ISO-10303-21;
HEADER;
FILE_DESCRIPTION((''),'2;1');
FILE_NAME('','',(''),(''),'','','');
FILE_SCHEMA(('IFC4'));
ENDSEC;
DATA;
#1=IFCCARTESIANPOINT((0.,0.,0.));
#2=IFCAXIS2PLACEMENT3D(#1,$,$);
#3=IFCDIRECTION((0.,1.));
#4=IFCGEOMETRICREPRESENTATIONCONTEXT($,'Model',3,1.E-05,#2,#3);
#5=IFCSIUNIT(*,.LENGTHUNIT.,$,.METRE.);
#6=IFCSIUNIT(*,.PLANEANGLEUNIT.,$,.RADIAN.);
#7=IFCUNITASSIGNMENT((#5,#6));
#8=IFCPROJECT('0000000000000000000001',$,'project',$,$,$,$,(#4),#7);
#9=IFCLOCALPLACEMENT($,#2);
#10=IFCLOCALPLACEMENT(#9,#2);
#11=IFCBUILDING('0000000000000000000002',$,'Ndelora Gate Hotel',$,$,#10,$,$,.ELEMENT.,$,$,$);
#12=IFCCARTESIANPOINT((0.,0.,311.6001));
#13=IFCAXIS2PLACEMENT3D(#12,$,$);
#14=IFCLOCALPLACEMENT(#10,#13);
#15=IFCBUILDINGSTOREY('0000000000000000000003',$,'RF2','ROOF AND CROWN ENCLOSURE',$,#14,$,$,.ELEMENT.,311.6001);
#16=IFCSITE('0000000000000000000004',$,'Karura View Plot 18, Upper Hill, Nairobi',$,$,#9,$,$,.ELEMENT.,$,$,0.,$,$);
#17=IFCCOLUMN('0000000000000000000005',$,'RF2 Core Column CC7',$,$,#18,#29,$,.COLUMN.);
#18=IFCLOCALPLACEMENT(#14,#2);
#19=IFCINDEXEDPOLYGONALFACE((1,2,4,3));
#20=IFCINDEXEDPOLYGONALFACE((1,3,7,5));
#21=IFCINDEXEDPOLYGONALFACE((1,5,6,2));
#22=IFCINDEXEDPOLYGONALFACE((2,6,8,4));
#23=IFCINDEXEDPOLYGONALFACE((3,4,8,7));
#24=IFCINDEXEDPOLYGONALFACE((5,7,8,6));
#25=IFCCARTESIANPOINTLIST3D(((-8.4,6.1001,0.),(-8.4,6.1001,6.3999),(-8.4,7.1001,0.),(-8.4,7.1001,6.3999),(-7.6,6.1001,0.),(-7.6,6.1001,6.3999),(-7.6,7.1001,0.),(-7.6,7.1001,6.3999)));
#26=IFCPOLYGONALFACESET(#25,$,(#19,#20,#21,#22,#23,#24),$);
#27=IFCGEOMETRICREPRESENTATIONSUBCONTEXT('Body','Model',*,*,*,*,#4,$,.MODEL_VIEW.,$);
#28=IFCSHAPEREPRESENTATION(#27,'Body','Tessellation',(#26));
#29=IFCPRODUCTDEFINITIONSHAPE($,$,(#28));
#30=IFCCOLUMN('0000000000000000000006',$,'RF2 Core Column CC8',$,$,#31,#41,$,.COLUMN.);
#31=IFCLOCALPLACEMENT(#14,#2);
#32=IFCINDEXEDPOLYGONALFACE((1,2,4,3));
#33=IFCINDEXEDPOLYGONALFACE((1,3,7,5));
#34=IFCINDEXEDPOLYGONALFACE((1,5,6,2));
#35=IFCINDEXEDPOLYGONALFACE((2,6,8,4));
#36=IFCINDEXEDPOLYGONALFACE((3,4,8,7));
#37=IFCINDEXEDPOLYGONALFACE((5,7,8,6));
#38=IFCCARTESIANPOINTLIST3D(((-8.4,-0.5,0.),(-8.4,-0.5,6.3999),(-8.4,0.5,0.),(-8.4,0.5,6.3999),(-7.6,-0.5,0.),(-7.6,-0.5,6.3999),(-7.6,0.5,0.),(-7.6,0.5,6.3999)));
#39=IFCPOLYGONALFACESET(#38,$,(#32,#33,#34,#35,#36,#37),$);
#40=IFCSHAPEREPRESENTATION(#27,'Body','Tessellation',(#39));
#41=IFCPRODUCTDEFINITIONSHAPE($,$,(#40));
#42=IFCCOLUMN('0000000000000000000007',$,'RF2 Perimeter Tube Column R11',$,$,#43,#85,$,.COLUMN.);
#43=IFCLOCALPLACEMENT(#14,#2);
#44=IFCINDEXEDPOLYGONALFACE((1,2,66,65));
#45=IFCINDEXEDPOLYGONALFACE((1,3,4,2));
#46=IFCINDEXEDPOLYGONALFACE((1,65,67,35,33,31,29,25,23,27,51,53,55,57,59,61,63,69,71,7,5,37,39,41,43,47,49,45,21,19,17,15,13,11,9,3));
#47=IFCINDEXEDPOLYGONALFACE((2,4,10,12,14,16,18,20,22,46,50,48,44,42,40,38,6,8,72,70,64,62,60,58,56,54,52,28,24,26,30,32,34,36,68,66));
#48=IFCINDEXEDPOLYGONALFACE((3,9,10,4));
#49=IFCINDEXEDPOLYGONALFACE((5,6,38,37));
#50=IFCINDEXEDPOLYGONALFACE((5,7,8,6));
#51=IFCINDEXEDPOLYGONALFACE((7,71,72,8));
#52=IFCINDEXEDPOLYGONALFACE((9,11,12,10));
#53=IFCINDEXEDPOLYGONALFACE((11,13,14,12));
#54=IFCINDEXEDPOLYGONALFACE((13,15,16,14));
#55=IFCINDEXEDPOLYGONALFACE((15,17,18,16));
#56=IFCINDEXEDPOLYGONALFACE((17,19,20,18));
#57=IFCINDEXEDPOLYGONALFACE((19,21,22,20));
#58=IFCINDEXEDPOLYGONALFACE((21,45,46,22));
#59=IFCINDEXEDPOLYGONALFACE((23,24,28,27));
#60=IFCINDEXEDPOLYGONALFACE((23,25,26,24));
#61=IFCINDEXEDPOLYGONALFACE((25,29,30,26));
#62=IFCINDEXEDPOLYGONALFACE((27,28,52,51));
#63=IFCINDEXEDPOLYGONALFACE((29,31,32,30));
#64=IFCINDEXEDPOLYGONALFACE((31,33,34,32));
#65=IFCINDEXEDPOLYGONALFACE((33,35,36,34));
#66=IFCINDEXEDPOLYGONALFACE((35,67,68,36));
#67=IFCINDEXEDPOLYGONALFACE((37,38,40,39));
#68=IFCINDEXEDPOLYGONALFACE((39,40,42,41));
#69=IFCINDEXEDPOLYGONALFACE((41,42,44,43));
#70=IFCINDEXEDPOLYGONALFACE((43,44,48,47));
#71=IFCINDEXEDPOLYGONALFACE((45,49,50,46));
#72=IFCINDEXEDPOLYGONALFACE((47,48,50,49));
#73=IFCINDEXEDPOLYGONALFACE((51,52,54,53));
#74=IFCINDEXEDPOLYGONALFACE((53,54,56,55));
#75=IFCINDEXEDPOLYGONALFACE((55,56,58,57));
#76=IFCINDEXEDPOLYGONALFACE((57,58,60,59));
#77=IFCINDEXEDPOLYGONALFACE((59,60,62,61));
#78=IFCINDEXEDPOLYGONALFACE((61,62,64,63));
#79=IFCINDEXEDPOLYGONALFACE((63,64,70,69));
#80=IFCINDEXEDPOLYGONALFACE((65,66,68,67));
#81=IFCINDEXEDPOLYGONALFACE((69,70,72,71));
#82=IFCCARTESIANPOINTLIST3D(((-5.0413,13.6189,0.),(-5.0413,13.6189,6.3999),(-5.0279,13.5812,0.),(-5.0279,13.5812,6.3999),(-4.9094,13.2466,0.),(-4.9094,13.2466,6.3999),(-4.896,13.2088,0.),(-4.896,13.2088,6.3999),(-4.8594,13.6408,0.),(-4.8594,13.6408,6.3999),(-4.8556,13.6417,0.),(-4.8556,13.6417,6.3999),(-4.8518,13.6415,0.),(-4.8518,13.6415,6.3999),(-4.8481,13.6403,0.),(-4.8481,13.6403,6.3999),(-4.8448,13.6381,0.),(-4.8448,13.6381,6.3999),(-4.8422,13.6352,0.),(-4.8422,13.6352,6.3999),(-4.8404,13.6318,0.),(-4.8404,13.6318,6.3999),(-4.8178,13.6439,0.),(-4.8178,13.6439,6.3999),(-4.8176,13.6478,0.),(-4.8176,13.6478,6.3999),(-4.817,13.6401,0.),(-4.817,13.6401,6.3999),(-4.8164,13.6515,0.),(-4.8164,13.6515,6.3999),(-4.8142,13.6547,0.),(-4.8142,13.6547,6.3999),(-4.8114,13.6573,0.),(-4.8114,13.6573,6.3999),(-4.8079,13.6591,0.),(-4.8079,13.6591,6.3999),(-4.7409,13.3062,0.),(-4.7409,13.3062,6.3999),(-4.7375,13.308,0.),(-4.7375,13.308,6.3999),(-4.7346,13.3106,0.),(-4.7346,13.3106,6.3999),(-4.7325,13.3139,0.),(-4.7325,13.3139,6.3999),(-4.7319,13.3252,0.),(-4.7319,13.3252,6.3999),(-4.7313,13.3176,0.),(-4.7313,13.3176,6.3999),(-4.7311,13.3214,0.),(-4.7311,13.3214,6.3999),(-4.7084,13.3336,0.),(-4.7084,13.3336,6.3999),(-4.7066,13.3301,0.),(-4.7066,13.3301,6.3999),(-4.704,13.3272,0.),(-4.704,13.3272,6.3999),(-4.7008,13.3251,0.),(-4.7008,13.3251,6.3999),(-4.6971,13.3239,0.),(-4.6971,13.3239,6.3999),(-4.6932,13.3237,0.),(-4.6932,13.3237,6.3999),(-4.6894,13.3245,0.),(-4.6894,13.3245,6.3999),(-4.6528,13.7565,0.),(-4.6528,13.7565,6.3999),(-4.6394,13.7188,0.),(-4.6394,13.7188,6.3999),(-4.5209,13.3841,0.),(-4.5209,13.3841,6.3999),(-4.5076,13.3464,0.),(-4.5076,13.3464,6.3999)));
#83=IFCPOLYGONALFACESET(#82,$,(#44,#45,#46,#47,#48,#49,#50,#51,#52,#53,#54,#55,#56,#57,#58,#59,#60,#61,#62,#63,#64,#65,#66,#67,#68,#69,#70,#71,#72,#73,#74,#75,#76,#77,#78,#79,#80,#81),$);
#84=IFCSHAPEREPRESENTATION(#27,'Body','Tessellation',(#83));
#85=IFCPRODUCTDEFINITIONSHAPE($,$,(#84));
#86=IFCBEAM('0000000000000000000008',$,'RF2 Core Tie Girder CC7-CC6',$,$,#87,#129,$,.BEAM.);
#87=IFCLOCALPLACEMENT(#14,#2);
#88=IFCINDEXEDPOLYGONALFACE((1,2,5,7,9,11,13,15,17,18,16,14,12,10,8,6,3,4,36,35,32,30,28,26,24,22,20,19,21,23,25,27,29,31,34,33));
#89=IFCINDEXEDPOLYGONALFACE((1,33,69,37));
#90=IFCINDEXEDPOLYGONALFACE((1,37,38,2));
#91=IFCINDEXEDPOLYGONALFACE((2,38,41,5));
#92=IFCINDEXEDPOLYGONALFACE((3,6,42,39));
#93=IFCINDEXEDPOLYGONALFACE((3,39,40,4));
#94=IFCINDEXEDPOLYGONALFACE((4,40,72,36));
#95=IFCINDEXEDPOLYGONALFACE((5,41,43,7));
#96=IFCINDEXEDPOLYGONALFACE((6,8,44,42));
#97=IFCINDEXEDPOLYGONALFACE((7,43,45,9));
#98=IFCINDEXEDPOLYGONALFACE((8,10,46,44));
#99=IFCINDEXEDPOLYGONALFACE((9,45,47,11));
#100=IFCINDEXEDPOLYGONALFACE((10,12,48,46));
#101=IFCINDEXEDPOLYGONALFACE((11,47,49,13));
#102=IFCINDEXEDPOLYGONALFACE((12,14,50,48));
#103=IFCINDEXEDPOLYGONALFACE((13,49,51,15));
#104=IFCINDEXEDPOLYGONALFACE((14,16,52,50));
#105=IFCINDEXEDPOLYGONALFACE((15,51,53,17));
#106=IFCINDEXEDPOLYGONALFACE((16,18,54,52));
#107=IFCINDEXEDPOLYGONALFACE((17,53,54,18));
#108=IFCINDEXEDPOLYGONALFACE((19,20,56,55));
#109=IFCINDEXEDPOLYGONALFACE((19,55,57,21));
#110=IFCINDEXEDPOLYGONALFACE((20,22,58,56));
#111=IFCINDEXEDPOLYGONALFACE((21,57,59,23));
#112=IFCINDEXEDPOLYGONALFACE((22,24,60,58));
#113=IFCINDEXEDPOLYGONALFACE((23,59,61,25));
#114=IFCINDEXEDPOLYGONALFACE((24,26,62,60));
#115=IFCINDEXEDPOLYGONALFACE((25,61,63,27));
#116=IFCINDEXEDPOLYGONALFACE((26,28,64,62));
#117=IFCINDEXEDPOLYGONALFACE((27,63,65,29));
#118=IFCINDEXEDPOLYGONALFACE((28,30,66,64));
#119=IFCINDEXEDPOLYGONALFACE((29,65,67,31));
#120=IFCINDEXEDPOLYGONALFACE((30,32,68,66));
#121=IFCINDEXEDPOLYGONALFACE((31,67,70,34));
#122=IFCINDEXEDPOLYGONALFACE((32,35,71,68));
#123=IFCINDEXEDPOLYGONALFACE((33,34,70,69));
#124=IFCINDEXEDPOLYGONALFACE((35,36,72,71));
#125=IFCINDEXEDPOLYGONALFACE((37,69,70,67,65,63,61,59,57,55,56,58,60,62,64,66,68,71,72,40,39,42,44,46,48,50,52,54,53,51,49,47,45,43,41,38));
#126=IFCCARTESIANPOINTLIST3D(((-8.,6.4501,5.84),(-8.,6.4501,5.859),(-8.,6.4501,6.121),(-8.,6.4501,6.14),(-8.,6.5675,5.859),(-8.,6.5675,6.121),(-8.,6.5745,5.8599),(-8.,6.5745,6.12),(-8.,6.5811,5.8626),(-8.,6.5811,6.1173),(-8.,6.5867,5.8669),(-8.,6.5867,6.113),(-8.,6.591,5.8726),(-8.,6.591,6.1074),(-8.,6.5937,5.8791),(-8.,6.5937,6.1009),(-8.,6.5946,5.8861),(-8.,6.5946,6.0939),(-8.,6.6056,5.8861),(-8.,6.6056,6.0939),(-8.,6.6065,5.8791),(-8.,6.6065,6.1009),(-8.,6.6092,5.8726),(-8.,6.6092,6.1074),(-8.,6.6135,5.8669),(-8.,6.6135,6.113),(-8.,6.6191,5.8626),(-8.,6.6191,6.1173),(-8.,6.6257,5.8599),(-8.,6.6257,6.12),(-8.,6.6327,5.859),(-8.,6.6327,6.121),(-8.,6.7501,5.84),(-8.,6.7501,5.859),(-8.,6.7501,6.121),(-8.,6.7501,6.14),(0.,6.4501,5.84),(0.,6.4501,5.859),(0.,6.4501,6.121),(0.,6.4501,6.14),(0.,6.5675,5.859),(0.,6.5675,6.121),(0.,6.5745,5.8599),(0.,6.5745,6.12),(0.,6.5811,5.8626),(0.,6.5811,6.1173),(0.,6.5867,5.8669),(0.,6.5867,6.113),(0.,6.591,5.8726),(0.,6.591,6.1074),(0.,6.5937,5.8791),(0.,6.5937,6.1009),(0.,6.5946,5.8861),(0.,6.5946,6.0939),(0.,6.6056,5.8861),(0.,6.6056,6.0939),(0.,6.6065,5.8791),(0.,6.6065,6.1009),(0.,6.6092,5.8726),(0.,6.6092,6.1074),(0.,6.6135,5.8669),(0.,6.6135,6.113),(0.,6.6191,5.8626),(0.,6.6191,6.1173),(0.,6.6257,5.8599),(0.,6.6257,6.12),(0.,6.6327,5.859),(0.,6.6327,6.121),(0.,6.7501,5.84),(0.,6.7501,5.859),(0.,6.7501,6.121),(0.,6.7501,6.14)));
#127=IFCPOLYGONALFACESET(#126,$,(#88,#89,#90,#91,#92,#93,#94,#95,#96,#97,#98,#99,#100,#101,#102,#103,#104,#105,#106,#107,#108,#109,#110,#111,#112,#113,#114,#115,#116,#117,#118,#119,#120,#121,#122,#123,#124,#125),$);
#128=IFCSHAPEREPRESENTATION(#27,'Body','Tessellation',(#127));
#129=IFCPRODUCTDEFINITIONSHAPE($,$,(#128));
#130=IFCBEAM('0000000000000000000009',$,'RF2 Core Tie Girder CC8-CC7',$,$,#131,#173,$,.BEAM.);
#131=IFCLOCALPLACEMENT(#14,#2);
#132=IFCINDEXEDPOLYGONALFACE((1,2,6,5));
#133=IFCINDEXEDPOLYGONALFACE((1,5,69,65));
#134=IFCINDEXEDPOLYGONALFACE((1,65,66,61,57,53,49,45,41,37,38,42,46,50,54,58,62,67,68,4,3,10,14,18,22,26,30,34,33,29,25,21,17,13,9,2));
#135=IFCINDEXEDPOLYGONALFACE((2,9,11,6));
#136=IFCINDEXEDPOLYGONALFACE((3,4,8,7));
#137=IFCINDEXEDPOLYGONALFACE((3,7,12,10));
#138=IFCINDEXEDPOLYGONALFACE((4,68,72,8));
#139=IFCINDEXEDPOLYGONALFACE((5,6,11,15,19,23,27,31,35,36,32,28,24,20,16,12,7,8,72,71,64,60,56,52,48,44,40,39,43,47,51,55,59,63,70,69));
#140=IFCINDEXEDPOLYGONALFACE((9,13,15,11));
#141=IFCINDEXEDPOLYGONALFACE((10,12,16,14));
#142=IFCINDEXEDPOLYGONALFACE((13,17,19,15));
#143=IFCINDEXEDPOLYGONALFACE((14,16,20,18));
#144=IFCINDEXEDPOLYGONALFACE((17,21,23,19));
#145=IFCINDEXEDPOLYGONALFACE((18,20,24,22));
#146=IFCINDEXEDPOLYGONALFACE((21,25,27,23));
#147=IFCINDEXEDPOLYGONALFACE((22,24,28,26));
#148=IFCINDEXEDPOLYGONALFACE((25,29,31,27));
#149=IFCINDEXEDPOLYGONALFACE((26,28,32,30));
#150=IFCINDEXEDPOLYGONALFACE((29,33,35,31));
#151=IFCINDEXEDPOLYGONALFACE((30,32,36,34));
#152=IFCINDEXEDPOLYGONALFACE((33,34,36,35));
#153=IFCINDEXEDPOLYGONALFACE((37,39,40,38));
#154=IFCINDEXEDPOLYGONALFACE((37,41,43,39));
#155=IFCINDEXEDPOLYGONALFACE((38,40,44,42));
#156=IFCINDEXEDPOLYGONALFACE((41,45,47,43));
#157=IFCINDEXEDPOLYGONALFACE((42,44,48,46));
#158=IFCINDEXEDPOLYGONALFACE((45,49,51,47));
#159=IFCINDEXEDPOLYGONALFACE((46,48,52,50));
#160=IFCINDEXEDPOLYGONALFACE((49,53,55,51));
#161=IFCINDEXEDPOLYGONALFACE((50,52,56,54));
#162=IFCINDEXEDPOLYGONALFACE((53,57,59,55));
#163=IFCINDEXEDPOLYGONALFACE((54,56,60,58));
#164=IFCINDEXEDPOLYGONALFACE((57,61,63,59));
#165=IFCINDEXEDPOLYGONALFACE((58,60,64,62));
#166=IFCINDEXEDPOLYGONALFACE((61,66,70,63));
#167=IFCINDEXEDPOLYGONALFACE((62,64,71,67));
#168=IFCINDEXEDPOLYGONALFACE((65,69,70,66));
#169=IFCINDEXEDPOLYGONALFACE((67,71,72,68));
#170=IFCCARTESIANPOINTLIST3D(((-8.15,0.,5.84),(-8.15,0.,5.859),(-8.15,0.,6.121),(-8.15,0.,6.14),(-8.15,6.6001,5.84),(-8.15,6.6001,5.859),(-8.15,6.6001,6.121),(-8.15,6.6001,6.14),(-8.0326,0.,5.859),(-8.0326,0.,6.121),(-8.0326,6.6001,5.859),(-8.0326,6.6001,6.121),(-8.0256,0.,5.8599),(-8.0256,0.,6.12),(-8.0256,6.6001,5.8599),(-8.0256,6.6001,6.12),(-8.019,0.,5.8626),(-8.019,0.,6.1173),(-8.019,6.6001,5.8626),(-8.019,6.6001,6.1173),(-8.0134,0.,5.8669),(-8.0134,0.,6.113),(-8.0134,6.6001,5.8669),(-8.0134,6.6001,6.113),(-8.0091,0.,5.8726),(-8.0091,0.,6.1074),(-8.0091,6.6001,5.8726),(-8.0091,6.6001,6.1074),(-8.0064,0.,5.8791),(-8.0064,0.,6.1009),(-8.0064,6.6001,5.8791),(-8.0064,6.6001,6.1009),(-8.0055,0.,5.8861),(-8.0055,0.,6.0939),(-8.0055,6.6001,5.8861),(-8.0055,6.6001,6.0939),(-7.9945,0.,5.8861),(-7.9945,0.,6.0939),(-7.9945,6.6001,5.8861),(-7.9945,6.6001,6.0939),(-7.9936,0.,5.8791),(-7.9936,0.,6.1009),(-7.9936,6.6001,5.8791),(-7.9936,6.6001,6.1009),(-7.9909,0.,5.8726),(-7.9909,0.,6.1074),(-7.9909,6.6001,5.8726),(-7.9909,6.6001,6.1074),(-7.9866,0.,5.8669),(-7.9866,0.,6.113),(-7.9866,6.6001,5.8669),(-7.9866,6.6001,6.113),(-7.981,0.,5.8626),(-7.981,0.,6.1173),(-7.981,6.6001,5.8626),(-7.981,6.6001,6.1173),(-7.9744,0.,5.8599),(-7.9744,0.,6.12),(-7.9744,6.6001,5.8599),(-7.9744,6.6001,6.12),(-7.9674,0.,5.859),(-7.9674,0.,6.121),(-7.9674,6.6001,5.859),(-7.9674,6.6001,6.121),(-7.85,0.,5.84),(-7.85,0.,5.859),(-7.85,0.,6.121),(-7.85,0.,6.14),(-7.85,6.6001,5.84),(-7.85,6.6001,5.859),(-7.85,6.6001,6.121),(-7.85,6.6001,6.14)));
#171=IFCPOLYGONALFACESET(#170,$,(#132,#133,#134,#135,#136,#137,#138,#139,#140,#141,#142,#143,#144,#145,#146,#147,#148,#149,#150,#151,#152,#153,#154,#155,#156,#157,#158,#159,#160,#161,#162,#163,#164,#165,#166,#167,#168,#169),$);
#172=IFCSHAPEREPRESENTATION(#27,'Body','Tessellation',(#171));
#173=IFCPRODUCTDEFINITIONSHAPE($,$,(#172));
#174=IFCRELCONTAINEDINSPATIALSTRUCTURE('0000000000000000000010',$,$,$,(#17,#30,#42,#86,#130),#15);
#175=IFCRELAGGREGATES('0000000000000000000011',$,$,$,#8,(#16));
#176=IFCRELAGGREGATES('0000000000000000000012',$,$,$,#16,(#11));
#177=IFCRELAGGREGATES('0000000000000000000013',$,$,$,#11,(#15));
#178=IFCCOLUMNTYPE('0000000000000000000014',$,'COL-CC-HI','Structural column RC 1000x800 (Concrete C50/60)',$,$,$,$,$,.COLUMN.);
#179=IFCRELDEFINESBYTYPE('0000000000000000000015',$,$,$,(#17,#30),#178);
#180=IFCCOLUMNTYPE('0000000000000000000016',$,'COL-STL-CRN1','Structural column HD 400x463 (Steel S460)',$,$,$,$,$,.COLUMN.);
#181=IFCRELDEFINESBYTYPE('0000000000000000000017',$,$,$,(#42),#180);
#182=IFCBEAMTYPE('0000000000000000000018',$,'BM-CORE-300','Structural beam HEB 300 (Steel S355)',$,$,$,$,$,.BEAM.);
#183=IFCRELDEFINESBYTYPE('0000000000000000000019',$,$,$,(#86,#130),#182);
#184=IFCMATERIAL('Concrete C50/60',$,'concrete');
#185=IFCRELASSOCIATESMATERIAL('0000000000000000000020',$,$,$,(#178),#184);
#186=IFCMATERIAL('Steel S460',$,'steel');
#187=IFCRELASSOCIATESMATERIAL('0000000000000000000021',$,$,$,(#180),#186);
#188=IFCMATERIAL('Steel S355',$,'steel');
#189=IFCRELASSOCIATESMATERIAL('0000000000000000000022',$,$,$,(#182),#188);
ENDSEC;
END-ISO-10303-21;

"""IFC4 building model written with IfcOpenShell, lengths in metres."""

from ifc_helpers import new_model, si_unit, direction, frame, origin, origin_2d, place, context, subcontext, project, spatial, rectangle, i_section, extrude, material, material_profile, profile_set, type_object, element, save


model = new_model("IFC4")

# Units and contexts
model_context = context("Model", 3, precision=1e-05, world=origin(), true_north=direction((0.0, 1.0)))
body_context = subcontext(model_context, "Body", "Model", "MODEL_VIEW")
ifc_project = project(units=[si_unit("LENGTHUNIT", "METRE"), si_unit("PLANEANGLEUNIT", "RADIAN")], contexts=[model_context])

# Site, building, storey
site_placement = place(None, origin())
site = spatial("IfcSite", under=ifc_project, at=site_placement, Name="Karura View Plot 18, Upper Hill, Nairobi", CompositionType="ELEMENT", RefElevation=0.0)
building_placement = place(site_placement, origin())
building = spatial("IfcBuilding", under=site, at=building_placement, Name="Ndelora Gate Hotel", CompositionType="ELEMENT")
storey_placement = place(building_placement, frame((0.0, 0.0, 311.6001)))
storey = spatial("IfcBuildingStorey", under=building, at=storey_placement, Name="RF2", Description="ROOF AND CROWN ENCLOSURE", CompositionType="ELEMENT", Elevation=311.6001)

# Columns
ifc_material_1 = material(Name="Concrete C50/60", Category="concrete")
ifc_material_profile_1 = material_profile(ifc_material_1, rectangle(XDim=0.8, YDim=1.0, at=origin_2d()), Name="RC 1000x800")
ifc_profile_set_1 = profile_set([ifc_material_profile_1], Name="Concrete C50/60")
column_type_1 = type_object("IfcColumnType", Name="COL-CC-HI", Description="Structural column RC 1000x800 (Concrete C50/60)", PredefinedType="COLUMN", material=ifc_profile_set_1)
for number, where, z_axis, x_axis, name in (
    (1, (-8.0, 6.6001, 0.0), (0.0, 0.0, 1.0), (1.0, 0.0, 0.0), "RF2 Core Column CC7"),
    (2, (-8.0, 0.0, 0.0), (0.0, 0.0, 1.0), (1.0, 0.0, 0.0), "RF2 Core Column CC8"),
):
    element("IfcColumn", number, at=place(storey_placement, frame(where, z_axis=z_axis, x_axis=x_axis)), inside=storey, type_object=column_type_1, Name=name, PredefinedType="COLUMN", context=body_context, shape_type="SweptSolid", body=[
        extrude(rectangle(XDim=0.8, YDim=1.0, at=origin_2d()), origin(), (0.0, 0.0, 1.0), 6.3999),
    ])
ifc_material_2 = material(Name="Steel S460", Category="steel")
ifc_material_profile_2 = material_profile(ifc_material_2, i_section(OverallWidth=0.4121, OverallDepth=0.4351, WebThickness=0.0249, FlangeThickness=0.04, FilletRadius=0.0149, at=origin_2d()), Name="HD 400x463")
ifc_profile_set_2 = profile_set([ifc_material_profile_2], Name="Steel S460")
column_type_2 = type_object("IfcColumnType", Name="COL-STL-CRN1", Description="Structural column HD 400x463 (Steel S460)", PredefinedType="COLUMN", material=ifc_profile_set_2)
column_placement = place(storey_placement, frame((-4.7744, 13.4827, 0.0), z_axis=(0.0, 0.0, 1.0), x_axis=(0.942641, 0.333807, 0.0)))
element("IfcColumn", 3, at=column_placement, inside=storey, type_object=column_type_2, Name="RF2 Perimeter Tube Column R11", PredefinedType="COLUMN", context=body_context, shape_type="SweptSolid", body=[
    extrude(i_section(OverallWidth=0.4121, OverallDepth=0.4351, WebThickness=0.0249, FlangeThickness=0.04, FilletRadius=0.0149, at=origin_2d()), origin(), (0.0, 0.0, 1.0), 6.3999),
])

# Beams
ifc_material_3 = material(Name="Steel S355", Category="steel")
ifc_material_profile_3 = material_profile(ifc_material_3, i_section(OverallWidth=0.3, OverallDepth=0.3, WebThickness=0.011, FlangeThickness=0.019, FilletRadius=0.0271, at=origin_2d()), Name="HEB 300")
ifc_profile_set_3 = profile_set([ifc_material_profile_3], Name="Steel S355")
beam_type_1 = type_object("IfcBeamType", Name="BM-CORE-300", Description="Structural beam HEB 300 (Steel S355)", PredefinedType="BEAM", material=ifc_profile_set_3)
beam_1_placement = place(storey_placement, frame((-8.0, 6.6001, 5.99), z_axis=(1.0, 0.0, 0.0), x_axis=(0.0, 1.0, 0.0)))
element("IfcBeam", 4, at=beam_1_placement, inside=storey, type_object=beam_type_1, Name="RF2 Core Tie Girder CC7-CC6", PredefinedType="BEAM", context=body_context, shape_type="SweptSolid", body=[
    extrude(i_section(OverallWidth=0.3, OverallDepth=0.3, WebThickness=0.011, FlangeThickness=0.019, FilletRadius=0.0271, at=origin_2d()), origin(), (0.0, 0.0, 1.0), 8.0),
])
beam_2_placement = place(storey_placement, frame((-8.0, 0.0, 5.99), z_axis=(0.0, 1.0, 0.0), x_axis=(-1.0, 0.0, 0.0)))
element("IfcBeam", 5, at=beam_2_placement, inside=storey, type_object=beam_type_1, Name="RF2 Core Tie Girder CC8-CC7", PredefinedType="BEAM", context=body_context, shape_type="SweptSolid", body=[
    extrude(i_section(OverallWidth=0.3, OverallDepth=0.3, WebThickness=0.011, FlangeThickness=0.019, FilletRadius=0.0271, at=origin_2d()), origin(), (0.0, 0.0, 1.0), 6.6001),
])

save(model, "model.ifc")
